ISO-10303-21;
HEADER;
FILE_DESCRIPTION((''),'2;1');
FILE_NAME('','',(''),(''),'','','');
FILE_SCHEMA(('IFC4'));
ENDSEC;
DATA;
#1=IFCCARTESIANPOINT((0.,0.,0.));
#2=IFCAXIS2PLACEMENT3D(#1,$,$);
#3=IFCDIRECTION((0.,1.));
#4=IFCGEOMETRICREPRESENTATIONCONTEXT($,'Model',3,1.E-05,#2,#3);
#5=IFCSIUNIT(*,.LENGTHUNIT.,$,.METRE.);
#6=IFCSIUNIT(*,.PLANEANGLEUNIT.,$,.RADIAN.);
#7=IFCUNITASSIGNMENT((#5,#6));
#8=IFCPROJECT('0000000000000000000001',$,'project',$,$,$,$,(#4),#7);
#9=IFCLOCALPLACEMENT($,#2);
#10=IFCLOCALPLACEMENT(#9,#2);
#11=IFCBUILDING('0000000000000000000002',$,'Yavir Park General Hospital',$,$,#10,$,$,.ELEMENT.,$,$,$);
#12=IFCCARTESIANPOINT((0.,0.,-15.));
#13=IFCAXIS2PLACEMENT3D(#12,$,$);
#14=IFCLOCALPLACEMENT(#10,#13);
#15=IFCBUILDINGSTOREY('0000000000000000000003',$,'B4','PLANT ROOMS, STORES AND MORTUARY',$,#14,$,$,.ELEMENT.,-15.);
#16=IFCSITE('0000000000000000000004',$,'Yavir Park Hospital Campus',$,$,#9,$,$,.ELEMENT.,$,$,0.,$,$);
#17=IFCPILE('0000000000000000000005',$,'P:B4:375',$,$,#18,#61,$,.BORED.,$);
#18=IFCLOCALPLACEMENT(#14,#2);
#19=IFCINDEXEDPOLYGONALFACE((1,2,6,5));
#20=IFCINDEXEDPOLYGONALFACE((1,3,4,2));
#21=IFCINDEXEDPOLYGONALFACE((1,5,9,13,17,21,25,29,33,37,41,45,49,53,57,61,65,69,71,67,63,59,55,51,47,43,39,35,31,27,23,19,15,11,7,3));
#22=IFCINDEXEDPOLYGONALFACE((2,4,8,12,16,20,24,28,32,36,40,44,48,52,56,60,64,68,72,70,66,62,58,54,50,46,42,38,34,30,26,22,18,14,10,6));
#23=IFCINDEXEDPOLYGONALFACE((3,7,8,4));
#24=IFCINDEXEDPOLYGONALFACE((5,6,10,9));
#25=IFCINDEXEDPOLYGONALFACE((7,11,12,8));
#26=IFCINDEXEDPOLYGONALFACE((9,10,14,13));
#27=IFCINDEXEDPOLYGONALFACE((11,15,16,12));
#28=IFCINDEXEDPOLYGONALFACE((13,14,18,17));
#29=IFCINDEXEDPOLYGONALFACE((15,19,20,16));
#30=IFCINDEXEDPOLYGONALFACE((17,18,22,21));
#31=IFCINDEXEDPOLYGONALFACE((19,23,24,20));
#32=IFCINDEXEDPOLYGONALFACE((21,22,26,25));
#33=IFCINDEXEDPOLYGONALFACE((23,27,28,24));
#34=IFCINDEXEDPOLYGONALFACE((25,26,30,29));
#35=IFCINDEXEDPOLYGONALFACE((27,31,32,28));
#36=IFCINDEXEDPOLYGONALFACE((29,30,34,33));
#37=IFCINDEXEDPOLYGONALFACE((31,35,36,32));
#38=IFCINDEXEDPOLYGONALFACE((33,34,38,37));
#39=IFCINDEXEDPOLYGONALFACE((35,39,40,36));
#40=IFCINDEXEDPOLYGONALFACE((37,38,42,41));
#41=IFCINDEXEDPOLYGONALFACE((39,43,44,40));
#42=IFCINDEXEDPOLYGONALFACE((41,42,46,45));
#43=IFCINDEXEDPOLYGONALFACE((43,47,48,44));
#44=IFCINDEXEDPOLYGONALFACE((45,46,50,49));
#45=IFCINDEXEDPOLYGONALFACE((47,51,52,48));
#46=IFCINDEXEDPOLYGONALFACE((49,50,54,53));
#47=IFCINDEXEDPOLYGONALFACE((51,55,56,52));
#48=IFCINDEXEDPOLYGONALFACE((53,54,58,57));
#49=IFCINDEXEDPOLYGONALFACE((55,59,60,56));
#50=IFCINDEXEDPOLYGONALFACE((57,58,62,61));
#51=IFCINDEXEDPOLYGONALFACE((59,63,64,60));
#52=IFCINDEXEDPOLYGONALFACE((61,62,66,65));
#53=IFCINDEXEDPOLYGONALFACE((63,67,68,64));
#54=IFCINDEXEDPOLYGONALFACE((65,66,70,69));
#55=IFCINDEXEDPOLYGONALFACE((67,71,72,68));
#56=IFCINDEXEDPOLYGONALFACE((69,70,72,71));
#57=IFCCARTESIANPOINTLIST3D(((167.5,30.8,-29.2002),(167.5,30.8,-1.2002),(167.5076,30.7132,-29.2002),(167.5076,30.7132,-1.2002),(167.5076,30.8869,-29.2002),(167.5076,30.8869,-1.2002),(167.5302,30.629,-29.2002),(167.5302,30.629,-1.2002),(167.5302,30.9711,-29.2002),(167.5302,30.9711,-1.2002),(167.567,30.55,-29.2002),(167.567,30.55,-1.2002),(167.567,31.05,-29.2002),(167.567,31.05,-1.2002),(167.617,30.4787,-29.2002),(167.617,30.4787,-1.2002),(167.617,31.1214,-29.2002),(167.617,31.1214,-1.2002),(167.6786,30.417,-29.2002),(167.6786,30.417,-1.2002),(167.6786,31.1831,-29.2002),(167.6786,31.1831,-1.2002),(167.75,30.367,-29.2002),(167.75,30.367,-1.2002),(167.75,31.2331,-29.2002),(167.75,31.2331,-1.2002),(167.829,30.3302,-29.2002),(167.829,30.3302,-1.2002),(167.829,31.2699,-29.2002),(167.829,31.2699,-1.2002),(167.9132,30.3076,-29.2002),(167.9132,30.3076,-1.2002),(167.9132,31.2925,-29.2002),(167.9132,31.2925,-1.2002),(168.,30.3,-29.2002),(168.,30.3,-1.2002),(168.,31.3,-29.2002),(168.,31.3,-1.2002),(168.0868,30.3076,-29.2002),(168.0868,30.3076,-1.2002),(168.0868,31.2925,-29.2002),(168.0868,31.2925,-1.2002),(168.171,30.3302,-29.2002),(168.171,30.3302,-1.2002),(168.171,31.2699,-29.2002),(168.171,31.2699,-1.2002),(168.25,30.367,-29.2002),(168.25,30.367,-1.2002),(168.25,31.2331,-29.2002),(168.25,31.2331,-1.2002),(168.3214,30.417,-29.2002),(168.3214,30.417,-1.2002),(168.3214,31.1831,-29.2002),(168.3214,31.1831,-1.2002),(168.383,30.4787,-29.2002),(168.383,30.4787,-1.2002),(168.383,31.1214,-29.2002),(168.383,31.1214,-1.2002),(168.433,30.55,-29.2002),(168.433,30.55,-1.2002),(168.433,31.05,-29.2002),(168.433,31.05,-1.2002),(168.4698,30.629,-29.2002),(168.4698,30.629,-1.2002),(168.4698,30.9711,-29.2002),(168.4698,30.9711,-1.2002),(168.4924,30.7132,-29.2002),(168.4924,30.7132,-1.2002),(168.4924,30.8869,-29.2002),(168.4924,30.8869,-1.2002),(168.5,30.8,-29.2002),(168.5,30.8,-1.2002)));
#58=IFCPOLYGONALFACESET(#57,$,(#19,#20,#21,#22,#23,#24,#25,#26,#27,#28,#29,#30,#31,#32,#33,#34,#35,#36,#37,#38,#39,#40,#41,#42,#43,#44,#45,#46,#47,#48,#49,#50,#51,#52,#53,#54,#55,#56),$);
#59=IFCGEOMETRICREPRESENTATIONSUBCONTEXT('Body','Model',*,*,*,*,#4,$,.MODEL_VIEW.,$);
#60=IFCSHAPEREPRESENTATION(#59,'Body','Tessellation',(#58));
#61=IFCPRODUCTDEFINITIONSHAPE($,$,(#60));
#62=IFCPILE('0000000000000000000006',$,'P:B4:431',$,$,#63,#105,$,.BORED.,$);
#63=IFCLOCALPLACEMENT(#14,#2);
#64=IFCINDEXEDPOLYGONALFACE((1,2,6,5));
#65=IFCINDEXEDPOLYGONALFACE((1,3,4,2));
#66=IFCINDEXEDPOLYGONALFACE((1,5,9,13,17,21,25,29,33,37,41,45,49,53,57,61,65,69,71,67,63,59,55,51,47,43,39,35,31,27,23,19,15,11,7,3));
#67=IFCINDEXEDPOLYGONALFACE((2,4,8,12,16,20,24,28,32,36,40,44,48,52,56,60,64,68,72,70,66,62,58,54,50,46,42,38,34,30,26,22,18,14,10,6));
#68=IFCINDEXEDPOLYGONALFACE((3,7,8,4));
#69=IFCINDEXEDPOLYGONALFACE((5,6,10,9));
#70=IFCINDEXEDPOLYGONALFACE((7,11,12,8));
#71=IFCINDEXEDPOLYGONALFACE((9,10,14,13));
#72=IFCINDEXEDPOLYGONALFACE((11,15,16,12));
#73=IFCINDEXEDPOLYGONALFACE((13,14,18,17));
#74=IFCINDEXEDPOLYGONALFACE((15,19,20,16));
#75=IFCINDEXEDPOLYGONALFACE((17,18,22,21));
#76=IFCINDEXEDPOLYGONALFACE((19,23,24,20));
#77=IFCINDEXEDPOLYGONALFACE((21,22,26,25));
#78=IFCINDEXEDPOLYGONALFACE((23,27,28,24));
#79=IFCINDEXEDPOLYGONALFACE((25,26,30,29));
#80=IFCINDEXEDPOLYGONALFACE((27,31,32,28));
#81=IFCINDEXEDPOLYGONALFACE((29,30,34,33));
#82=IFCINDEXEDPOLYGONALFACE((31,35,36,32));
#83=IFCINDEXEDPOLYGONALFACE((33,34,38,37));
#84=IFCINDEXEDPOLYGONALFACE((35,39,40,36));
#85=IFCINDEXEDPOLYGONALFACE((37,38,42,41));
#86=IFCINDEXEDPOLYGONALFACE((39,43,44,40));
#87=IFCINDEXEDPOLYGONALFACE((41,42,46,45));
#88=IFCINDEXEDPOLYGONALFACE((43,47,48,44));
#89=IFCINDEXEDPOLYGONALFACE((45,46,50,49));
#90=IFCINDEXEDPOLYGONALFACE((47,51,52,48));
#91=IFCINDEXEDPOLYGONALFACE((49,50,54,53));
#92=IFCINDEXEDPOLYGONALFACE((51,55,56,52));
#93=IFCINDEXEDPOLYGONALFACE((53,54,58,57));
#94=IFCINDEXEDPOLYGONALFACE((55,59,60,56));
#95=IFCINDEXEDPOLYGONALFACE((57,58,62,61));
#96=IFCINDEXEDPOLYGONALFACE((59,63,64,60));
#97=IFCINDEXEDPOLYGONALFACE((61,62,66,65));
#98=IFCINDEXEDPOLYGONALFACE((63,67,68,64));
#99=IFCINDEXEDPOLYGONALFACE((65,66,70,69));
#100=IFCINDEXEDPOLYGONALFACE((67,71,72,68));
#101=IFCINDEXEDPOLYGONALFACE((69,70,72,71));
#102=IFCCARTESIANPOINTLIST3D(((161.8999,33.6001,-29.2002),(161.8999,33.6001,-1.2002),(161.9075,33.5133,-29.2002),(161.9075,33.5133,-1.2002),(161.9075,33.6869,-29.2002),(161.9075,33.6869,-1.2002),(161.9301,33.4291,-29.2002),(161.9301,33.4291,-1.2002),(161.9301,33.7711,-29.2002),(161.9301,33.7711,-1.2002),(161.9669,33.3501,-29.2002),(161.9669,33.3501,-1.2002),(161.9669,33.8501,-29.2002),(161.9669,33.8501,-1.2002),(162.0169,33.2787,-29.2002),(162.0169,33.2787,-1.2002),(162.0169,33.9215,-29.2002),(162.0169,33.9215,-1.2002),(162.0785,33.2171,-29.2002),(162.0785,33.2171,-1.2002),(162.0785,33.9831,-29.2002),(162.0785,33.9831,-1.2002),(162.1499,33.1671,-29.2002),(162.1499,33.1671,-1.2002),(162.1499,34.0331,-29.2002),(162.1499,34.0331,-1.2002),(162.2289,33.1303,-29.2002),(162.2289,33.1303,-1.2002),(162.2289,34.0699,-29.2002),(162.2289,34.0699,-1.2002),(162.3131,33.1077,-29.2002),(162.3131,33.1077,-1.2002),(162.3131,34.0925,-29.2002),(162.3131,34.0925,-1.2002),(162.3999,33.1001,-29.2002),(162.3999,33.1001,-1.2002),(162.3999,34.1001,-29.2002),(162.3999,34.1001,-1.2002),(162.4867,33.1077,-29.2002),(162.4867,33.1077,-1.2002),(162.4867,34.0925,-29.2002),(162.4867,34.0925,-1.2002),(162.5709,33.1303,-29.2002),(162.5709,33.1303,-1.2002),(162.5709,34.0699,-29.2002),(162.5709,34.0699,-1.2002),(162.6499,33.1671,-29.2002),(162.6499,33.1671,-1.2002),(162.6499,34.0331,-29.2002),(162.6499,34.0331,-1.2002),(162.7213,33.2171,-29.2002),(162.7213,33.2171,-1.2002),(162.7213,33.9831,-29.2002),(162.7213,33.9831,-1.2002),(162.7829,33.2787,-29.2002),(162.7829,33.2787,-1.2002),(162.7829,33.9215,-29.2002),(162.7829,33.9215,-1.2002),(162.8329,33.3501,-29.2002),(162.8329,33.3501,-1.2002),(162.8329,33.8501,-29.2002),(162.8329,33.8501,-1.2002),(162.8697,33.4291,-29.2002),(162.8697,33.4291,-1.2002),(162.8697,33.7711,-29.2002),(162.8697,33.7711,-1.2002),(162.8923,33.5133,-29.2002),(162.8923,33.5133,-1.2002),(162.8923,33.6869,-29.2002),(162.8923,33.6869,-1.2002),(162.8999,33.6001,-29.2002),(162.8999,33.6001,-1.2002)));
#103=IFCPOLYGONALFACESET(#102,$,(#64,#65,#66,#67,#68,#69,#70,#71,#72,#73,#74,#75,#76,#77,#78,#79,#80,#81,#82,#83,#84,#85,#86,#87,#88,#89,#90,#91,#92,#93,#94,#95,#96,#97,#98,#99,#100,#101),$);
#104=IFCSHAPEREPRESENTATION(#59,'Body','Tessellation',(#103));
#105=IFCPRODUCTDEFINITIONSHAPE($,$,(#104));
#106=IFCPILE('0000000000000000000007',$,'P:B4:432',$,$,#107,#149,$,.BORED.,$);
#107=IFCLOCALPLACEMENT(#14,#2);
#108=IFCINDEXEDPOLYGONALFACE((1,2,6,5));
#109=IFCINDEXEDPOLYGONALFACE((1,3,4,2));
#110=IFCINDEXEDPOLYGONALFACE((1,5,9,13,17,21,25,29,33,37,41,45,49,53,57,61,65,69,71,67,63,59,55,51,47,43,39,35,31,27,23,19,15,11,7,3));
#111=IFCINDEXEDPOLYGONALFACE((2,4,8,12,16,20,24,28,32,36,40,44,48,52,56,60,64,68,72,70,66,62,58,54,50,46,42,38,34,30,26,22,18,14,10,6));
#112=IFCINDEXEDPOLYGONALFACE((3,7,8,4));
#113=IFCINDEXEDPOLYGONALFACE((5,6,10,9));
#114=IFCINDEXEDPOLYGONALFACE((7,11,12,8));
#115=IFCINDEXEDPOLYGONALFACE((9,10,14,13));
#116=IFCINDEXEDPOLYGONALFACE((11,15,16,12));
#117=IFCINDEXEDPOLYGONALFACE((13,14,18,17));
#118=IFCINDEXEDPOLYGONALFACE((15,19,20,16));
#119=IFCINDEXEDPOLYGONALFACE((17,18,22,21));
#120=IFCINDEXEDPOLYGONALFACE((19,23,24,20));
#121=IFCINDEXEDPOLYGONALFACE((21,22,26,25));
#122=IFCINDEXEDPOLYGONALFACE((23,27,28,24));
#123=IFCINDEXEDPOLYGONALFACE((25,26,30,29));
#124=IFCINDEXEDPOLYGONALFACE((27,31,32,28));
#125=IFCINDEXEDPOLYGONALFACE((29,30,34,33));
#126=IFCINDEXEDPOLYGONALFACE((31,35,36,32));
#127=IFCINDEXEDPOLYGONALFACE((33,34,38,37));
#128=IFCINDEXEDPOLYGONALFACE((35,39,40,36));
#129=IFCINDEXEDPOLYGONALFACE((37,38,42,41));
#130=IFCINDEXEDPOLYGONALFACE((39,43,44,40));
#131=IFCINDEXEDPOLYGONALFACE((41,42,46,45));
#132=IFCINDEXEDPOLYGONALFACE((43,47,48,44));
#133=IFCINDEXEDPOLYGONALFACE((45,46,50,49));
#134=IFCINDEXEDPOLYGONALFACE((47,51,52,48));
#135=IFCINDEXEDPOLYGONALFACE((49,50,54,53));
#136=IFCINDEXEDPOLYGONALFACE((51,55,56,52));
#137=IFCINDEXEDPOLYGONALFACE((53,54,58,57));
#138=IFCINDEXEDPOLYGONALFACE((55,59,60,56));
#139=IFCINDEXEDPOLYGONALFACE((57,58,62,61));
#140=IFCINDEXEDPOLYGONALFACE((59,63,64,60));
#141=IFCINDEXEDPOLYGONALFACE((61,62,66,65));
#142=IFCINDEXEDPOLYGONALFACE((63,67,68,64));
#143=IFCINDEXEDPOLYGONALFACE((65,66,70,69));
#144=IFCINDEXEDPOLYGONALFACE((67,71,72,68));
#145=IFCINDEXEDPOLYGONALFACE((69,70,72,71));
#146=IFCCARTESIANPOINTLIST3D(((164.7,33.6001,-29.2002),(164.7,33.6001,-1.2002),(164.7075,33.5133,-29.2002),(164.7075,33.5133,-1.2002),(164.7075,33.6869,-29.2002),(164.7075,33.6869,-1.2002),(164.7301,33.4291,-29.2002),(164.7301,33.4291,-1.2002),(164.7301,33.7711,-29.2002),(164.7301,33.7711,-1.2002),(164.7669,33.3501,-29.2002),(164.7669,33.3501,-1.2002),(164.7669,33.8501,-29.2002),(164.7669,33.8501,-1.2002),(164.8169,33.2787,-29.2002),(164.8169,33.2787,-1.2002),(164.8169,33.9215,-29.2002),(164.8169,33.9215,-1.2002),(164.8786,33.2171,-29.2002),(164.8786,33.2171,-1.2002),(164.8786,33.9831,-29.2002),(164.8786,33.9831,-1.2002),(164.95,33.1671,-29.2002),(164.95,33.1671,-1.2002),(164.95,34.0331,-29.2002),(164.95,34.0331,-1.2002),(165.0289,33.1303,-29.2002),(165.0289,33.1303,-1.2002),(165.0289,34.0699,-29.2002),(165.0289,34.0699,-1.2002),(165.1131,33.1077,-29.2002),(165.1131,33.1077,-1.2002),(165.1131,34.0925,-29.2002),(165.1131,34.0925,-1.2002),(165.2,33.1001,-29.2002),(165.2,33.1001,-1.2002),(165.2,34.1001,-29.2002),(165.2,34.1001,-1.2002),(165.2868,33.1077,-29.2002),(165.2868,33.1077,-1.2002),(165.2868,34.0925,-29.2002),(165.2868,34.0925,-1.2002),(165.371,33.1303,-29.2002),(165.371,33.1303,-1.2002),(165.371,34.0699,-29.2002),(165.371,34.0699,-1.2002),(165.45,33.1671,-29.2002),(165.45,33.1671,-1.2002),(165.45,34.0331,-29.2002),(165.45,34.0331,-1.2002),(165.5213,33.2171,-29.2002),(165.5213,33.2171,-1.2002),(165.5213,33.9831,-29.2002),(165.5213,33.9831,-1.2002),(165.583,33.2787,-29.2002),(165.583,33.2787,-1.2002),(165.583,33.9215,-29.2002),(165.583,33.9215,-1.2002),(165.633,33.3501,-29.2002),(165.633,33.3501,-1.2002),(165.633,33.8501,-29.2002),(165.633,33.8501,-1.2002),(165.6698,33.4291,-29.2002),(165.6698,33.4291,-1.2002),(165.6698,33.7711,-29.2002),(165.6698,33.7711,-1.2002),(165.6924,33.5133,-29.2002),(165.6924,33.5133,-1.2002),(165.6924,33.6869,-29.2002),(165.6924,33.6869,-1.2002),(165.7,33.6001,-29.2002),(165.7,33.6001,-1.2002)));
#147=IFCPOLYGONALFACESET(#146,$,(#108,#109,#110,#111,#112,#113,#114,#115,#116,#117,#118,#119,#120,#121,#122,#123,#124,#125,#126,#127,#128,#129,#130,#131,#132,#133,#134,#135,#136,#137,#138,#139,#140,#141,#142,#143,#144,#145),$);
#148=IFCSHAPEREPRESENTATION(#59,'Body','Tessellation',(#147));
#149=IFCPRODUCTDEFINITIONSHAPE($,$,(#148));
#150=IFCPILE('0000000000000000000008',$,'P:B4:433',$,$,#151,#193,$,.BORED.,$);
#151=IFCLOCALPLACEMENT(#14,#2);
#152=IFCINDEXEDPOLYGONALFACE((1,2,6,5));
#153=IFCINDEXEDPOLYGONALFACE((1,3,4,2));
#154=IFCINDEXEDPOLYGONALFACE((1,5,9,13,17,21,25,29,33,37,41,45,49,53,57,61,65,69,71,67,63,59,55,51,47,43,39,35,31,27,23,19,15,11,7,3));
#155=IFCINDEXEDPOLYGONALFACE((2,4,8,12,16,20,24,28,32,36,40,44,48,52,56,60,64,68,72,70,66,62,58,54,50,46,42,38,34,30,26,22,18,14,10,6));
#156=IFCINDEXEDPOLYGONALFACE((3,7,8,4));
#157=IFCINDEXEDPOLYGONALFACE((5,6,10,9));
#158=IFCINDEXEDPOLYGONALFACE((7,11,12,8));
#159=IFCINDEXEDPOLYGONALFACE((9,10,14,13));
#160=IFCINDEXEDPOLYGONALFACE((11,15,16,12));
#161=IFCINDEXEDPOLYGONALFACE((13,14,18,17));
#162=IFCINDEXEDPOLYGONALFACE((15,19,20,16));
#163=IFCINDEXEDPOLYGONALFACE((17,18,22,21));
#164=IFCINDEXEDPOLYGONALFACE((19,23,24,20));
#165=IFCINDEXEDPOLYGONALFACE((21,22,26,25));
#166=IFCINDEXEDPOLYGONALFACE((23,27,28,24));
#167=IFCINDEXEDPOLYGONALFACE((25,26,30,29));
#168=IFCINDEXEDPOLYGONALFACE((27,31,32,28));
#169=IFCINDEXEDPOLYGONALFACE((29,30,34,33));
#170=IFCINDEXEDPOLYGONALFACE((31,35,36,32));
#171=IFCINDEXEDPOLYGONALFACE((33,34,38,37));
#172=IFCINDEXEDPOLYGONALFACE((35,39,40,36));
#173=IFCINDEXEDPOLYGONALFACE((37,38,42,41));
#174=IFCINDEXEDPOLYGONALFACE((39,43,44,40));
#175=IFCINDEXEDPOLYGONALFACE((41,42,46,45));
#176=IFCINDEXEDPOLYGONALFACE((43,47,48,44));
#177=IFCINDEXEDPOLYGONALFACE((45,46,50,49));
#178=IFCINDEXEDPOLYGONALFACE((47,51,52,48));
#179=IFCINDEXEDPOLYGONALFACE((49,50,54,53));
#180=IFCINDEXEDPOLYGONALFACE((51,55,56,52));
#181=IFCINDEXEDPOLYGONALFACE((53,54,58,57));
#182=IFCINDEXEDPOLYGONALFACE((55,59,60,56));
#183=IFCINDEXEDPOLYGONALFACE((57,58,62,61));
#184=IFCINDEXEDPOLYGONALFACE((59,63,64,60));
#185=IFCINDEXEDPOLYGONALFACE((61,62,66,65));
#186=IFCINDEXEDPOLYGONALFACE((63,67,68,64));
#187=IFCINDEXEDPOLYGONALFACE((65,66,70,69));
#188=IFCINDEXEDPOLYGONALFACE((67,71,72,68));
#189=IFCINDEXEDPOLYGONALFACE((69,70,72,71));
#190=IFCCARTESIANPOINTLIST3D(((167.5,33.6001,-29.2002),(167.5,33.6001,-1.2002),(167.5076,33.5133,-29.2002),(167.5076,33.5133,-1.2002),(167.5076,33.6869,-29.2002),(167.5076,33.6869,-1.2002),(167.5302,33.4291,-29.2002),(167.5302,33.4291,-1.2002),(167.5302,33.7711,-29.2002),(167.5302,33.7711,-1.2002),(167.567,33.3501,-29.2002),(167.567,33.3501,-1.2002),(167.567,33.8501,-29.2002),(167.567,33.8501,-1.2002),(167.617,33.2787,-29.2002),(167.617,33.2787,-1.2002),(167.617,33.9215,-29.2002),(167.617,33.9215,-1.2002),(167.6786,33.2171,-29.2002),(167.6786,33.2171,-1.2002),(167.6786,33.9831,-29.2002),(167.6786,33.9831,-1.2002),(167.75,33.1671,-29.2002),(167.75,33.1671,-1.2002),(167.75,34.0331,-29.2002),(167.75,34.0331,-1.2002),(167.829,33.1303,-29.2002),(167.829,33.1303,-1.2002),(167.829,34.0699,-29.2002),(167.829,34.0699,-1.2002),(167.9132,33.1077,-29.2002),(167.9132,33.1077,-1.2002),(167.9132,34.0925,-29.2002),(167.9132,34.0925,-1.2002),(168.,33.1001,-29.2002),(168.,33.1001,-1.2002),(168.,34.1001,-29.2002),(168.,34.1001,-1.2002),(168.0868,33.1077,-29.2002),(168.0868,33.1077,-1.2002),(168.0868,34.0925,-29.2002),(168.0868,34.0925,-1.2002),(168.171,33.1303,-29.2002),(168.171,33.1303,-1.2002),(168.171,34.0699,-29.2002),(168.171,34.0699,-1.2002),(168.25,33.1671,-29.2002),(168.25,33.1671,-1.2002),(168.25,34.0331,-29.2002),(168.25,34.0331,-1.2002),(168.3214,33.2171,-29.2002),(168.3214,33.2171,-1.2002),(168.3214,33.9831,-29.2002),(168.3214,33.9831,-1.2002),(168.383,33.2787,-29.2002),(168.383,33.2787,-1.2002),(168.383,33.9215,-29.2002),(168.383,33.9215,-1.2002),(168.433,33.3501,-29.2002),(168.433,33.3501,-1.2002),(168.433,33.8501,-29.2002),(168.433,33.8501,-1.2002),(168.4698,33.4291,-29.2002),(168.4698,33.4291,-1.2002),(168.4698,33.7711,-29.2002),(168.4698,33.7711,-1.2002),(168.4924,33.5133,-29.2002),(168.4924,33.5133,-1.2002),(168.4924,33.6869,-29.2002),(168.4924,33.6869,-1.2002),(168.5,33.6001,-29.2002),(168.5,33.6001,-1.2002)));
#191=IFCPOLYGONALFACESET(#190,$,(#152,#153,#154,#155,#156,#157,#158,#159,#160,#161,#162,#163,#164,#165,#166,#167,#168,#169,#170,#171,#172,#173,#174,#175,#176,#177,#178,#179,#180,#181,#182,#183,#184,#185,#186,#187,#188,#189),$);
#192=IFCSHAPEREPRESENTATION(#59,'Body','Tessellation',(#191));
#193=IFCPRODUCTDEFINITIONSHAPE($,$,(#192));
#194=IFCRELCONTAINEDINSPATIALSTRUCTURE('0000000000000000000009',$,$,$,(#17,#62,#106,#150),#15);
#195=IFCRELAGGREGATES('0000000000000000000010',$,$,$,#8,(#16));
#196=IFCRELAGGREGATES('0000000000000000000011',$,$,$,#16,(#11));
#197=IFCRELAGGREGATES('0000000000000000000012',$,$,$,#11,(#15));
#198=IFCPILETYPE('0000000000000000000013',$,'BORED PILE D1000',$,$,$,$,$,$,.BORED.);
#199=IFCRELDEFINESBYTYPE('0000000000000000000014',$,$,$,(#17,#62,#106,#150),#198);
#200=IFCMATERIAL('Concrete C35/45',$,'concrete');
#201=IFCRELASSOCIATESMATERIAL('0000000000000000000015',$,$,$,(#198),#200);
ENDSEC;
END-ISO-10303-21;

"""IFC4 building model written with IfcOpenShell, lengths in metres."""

from ifc_helpers import new_model, si_unit, direction, frame, origin, origin_2d, place, context, subcontext, project, spatial, circle, extrude, material, material_profile, profile_set, type_object, element, save


model = new_model("IFC4")

# Units and contexts
model_context = context("Model", 3, precision=1e-05, world=origin(), true_north=direction((0.0, 1.0)))
body_context = subcontext(model_context, "Body", "Model", "MODEL_VIEW")
ifc_project = project(units=[si_unit("LENGTHUNIT", "METRE"), si_unit("PLANEANGLEUNIT", "RADIAN")], contexts=[model_context])

# Site, building, storey
site_placement = place(None, origin())
site = spatial("IfcSite", under=ifc_project, at=site_placement, Name="Yavir Park Hospital Campus", CompositionType="ELEMENT", RefElevation=0.0)
building_placement = place(site_placement, origin())
building = spatial("IfcBuilding", under=site, at=building_placement, Name="Yavir Park General Hospital", CompositionType="ELEMENT")
storey_placement = place(building_placement, frame((0.0, 0.0, -15.0)))
storey = spatial("IfcBuildingStorey", under=building, at=storey_placement, Name="B4", Description="PLANT ROOMS, STORES AND MORTUARY", CompositionType="ELEMENT", Elevation=-15.0)

# Piles
ifc_material_1 = material(Name="Concrete C35/45", Category="concrete")
ifc_material_profile_1 = material_profile(ifc_material_1, circle(Radius=0.5, at=origin_2d()), Name="D1000")
ifc_profile_set_1 = profile_set([ifc_material_profile_1], Name="Concrete C35/45")
pile_type_1 = type_object("IfcPileType", Name="BORED PILE D1000", PredefinedType="BORED", material=ifc_profile_set_1)
for number, where, z_axis, x_axis, name in (
    (1, (168.0, 30.8, -1.2002), (0.0, 0.0, -1.0), (1.0, 0.0, 0.0), "P:B4:375"),
    (2, (162.3999, 33.6001, -1.2002), (0.0, 0.0, -1.0), (1.0, 0.0, 0.0), "P:B4:431"),
    (3, (165.2, 33.6001, -1.2002), (0.0, 0.0, -1.0), (1.0, 0.0, 0.0), "P:B4:432"),
    (4, (168.0, 33.6001, -1.2002), (0.0, 0.0, -1.0), (1.0, 0.0, 0.0), "P:B4:433"),
):
    element("IfcPile", number, at=place(storey_placement, frame(where, z_axis=z_axis, x_axis=x_axis)), inside=storey, type_object=pile_type_1, Name=name, PredefinedType="BORED", context=body_context, shape_type="SweptSolid", body=[
        extrude(circle(Radius=0.5, at=origin_2d()), origin(), (0.0, 0.0, 1.0), 28.0),
    ])

save(model, "model.ifc")
